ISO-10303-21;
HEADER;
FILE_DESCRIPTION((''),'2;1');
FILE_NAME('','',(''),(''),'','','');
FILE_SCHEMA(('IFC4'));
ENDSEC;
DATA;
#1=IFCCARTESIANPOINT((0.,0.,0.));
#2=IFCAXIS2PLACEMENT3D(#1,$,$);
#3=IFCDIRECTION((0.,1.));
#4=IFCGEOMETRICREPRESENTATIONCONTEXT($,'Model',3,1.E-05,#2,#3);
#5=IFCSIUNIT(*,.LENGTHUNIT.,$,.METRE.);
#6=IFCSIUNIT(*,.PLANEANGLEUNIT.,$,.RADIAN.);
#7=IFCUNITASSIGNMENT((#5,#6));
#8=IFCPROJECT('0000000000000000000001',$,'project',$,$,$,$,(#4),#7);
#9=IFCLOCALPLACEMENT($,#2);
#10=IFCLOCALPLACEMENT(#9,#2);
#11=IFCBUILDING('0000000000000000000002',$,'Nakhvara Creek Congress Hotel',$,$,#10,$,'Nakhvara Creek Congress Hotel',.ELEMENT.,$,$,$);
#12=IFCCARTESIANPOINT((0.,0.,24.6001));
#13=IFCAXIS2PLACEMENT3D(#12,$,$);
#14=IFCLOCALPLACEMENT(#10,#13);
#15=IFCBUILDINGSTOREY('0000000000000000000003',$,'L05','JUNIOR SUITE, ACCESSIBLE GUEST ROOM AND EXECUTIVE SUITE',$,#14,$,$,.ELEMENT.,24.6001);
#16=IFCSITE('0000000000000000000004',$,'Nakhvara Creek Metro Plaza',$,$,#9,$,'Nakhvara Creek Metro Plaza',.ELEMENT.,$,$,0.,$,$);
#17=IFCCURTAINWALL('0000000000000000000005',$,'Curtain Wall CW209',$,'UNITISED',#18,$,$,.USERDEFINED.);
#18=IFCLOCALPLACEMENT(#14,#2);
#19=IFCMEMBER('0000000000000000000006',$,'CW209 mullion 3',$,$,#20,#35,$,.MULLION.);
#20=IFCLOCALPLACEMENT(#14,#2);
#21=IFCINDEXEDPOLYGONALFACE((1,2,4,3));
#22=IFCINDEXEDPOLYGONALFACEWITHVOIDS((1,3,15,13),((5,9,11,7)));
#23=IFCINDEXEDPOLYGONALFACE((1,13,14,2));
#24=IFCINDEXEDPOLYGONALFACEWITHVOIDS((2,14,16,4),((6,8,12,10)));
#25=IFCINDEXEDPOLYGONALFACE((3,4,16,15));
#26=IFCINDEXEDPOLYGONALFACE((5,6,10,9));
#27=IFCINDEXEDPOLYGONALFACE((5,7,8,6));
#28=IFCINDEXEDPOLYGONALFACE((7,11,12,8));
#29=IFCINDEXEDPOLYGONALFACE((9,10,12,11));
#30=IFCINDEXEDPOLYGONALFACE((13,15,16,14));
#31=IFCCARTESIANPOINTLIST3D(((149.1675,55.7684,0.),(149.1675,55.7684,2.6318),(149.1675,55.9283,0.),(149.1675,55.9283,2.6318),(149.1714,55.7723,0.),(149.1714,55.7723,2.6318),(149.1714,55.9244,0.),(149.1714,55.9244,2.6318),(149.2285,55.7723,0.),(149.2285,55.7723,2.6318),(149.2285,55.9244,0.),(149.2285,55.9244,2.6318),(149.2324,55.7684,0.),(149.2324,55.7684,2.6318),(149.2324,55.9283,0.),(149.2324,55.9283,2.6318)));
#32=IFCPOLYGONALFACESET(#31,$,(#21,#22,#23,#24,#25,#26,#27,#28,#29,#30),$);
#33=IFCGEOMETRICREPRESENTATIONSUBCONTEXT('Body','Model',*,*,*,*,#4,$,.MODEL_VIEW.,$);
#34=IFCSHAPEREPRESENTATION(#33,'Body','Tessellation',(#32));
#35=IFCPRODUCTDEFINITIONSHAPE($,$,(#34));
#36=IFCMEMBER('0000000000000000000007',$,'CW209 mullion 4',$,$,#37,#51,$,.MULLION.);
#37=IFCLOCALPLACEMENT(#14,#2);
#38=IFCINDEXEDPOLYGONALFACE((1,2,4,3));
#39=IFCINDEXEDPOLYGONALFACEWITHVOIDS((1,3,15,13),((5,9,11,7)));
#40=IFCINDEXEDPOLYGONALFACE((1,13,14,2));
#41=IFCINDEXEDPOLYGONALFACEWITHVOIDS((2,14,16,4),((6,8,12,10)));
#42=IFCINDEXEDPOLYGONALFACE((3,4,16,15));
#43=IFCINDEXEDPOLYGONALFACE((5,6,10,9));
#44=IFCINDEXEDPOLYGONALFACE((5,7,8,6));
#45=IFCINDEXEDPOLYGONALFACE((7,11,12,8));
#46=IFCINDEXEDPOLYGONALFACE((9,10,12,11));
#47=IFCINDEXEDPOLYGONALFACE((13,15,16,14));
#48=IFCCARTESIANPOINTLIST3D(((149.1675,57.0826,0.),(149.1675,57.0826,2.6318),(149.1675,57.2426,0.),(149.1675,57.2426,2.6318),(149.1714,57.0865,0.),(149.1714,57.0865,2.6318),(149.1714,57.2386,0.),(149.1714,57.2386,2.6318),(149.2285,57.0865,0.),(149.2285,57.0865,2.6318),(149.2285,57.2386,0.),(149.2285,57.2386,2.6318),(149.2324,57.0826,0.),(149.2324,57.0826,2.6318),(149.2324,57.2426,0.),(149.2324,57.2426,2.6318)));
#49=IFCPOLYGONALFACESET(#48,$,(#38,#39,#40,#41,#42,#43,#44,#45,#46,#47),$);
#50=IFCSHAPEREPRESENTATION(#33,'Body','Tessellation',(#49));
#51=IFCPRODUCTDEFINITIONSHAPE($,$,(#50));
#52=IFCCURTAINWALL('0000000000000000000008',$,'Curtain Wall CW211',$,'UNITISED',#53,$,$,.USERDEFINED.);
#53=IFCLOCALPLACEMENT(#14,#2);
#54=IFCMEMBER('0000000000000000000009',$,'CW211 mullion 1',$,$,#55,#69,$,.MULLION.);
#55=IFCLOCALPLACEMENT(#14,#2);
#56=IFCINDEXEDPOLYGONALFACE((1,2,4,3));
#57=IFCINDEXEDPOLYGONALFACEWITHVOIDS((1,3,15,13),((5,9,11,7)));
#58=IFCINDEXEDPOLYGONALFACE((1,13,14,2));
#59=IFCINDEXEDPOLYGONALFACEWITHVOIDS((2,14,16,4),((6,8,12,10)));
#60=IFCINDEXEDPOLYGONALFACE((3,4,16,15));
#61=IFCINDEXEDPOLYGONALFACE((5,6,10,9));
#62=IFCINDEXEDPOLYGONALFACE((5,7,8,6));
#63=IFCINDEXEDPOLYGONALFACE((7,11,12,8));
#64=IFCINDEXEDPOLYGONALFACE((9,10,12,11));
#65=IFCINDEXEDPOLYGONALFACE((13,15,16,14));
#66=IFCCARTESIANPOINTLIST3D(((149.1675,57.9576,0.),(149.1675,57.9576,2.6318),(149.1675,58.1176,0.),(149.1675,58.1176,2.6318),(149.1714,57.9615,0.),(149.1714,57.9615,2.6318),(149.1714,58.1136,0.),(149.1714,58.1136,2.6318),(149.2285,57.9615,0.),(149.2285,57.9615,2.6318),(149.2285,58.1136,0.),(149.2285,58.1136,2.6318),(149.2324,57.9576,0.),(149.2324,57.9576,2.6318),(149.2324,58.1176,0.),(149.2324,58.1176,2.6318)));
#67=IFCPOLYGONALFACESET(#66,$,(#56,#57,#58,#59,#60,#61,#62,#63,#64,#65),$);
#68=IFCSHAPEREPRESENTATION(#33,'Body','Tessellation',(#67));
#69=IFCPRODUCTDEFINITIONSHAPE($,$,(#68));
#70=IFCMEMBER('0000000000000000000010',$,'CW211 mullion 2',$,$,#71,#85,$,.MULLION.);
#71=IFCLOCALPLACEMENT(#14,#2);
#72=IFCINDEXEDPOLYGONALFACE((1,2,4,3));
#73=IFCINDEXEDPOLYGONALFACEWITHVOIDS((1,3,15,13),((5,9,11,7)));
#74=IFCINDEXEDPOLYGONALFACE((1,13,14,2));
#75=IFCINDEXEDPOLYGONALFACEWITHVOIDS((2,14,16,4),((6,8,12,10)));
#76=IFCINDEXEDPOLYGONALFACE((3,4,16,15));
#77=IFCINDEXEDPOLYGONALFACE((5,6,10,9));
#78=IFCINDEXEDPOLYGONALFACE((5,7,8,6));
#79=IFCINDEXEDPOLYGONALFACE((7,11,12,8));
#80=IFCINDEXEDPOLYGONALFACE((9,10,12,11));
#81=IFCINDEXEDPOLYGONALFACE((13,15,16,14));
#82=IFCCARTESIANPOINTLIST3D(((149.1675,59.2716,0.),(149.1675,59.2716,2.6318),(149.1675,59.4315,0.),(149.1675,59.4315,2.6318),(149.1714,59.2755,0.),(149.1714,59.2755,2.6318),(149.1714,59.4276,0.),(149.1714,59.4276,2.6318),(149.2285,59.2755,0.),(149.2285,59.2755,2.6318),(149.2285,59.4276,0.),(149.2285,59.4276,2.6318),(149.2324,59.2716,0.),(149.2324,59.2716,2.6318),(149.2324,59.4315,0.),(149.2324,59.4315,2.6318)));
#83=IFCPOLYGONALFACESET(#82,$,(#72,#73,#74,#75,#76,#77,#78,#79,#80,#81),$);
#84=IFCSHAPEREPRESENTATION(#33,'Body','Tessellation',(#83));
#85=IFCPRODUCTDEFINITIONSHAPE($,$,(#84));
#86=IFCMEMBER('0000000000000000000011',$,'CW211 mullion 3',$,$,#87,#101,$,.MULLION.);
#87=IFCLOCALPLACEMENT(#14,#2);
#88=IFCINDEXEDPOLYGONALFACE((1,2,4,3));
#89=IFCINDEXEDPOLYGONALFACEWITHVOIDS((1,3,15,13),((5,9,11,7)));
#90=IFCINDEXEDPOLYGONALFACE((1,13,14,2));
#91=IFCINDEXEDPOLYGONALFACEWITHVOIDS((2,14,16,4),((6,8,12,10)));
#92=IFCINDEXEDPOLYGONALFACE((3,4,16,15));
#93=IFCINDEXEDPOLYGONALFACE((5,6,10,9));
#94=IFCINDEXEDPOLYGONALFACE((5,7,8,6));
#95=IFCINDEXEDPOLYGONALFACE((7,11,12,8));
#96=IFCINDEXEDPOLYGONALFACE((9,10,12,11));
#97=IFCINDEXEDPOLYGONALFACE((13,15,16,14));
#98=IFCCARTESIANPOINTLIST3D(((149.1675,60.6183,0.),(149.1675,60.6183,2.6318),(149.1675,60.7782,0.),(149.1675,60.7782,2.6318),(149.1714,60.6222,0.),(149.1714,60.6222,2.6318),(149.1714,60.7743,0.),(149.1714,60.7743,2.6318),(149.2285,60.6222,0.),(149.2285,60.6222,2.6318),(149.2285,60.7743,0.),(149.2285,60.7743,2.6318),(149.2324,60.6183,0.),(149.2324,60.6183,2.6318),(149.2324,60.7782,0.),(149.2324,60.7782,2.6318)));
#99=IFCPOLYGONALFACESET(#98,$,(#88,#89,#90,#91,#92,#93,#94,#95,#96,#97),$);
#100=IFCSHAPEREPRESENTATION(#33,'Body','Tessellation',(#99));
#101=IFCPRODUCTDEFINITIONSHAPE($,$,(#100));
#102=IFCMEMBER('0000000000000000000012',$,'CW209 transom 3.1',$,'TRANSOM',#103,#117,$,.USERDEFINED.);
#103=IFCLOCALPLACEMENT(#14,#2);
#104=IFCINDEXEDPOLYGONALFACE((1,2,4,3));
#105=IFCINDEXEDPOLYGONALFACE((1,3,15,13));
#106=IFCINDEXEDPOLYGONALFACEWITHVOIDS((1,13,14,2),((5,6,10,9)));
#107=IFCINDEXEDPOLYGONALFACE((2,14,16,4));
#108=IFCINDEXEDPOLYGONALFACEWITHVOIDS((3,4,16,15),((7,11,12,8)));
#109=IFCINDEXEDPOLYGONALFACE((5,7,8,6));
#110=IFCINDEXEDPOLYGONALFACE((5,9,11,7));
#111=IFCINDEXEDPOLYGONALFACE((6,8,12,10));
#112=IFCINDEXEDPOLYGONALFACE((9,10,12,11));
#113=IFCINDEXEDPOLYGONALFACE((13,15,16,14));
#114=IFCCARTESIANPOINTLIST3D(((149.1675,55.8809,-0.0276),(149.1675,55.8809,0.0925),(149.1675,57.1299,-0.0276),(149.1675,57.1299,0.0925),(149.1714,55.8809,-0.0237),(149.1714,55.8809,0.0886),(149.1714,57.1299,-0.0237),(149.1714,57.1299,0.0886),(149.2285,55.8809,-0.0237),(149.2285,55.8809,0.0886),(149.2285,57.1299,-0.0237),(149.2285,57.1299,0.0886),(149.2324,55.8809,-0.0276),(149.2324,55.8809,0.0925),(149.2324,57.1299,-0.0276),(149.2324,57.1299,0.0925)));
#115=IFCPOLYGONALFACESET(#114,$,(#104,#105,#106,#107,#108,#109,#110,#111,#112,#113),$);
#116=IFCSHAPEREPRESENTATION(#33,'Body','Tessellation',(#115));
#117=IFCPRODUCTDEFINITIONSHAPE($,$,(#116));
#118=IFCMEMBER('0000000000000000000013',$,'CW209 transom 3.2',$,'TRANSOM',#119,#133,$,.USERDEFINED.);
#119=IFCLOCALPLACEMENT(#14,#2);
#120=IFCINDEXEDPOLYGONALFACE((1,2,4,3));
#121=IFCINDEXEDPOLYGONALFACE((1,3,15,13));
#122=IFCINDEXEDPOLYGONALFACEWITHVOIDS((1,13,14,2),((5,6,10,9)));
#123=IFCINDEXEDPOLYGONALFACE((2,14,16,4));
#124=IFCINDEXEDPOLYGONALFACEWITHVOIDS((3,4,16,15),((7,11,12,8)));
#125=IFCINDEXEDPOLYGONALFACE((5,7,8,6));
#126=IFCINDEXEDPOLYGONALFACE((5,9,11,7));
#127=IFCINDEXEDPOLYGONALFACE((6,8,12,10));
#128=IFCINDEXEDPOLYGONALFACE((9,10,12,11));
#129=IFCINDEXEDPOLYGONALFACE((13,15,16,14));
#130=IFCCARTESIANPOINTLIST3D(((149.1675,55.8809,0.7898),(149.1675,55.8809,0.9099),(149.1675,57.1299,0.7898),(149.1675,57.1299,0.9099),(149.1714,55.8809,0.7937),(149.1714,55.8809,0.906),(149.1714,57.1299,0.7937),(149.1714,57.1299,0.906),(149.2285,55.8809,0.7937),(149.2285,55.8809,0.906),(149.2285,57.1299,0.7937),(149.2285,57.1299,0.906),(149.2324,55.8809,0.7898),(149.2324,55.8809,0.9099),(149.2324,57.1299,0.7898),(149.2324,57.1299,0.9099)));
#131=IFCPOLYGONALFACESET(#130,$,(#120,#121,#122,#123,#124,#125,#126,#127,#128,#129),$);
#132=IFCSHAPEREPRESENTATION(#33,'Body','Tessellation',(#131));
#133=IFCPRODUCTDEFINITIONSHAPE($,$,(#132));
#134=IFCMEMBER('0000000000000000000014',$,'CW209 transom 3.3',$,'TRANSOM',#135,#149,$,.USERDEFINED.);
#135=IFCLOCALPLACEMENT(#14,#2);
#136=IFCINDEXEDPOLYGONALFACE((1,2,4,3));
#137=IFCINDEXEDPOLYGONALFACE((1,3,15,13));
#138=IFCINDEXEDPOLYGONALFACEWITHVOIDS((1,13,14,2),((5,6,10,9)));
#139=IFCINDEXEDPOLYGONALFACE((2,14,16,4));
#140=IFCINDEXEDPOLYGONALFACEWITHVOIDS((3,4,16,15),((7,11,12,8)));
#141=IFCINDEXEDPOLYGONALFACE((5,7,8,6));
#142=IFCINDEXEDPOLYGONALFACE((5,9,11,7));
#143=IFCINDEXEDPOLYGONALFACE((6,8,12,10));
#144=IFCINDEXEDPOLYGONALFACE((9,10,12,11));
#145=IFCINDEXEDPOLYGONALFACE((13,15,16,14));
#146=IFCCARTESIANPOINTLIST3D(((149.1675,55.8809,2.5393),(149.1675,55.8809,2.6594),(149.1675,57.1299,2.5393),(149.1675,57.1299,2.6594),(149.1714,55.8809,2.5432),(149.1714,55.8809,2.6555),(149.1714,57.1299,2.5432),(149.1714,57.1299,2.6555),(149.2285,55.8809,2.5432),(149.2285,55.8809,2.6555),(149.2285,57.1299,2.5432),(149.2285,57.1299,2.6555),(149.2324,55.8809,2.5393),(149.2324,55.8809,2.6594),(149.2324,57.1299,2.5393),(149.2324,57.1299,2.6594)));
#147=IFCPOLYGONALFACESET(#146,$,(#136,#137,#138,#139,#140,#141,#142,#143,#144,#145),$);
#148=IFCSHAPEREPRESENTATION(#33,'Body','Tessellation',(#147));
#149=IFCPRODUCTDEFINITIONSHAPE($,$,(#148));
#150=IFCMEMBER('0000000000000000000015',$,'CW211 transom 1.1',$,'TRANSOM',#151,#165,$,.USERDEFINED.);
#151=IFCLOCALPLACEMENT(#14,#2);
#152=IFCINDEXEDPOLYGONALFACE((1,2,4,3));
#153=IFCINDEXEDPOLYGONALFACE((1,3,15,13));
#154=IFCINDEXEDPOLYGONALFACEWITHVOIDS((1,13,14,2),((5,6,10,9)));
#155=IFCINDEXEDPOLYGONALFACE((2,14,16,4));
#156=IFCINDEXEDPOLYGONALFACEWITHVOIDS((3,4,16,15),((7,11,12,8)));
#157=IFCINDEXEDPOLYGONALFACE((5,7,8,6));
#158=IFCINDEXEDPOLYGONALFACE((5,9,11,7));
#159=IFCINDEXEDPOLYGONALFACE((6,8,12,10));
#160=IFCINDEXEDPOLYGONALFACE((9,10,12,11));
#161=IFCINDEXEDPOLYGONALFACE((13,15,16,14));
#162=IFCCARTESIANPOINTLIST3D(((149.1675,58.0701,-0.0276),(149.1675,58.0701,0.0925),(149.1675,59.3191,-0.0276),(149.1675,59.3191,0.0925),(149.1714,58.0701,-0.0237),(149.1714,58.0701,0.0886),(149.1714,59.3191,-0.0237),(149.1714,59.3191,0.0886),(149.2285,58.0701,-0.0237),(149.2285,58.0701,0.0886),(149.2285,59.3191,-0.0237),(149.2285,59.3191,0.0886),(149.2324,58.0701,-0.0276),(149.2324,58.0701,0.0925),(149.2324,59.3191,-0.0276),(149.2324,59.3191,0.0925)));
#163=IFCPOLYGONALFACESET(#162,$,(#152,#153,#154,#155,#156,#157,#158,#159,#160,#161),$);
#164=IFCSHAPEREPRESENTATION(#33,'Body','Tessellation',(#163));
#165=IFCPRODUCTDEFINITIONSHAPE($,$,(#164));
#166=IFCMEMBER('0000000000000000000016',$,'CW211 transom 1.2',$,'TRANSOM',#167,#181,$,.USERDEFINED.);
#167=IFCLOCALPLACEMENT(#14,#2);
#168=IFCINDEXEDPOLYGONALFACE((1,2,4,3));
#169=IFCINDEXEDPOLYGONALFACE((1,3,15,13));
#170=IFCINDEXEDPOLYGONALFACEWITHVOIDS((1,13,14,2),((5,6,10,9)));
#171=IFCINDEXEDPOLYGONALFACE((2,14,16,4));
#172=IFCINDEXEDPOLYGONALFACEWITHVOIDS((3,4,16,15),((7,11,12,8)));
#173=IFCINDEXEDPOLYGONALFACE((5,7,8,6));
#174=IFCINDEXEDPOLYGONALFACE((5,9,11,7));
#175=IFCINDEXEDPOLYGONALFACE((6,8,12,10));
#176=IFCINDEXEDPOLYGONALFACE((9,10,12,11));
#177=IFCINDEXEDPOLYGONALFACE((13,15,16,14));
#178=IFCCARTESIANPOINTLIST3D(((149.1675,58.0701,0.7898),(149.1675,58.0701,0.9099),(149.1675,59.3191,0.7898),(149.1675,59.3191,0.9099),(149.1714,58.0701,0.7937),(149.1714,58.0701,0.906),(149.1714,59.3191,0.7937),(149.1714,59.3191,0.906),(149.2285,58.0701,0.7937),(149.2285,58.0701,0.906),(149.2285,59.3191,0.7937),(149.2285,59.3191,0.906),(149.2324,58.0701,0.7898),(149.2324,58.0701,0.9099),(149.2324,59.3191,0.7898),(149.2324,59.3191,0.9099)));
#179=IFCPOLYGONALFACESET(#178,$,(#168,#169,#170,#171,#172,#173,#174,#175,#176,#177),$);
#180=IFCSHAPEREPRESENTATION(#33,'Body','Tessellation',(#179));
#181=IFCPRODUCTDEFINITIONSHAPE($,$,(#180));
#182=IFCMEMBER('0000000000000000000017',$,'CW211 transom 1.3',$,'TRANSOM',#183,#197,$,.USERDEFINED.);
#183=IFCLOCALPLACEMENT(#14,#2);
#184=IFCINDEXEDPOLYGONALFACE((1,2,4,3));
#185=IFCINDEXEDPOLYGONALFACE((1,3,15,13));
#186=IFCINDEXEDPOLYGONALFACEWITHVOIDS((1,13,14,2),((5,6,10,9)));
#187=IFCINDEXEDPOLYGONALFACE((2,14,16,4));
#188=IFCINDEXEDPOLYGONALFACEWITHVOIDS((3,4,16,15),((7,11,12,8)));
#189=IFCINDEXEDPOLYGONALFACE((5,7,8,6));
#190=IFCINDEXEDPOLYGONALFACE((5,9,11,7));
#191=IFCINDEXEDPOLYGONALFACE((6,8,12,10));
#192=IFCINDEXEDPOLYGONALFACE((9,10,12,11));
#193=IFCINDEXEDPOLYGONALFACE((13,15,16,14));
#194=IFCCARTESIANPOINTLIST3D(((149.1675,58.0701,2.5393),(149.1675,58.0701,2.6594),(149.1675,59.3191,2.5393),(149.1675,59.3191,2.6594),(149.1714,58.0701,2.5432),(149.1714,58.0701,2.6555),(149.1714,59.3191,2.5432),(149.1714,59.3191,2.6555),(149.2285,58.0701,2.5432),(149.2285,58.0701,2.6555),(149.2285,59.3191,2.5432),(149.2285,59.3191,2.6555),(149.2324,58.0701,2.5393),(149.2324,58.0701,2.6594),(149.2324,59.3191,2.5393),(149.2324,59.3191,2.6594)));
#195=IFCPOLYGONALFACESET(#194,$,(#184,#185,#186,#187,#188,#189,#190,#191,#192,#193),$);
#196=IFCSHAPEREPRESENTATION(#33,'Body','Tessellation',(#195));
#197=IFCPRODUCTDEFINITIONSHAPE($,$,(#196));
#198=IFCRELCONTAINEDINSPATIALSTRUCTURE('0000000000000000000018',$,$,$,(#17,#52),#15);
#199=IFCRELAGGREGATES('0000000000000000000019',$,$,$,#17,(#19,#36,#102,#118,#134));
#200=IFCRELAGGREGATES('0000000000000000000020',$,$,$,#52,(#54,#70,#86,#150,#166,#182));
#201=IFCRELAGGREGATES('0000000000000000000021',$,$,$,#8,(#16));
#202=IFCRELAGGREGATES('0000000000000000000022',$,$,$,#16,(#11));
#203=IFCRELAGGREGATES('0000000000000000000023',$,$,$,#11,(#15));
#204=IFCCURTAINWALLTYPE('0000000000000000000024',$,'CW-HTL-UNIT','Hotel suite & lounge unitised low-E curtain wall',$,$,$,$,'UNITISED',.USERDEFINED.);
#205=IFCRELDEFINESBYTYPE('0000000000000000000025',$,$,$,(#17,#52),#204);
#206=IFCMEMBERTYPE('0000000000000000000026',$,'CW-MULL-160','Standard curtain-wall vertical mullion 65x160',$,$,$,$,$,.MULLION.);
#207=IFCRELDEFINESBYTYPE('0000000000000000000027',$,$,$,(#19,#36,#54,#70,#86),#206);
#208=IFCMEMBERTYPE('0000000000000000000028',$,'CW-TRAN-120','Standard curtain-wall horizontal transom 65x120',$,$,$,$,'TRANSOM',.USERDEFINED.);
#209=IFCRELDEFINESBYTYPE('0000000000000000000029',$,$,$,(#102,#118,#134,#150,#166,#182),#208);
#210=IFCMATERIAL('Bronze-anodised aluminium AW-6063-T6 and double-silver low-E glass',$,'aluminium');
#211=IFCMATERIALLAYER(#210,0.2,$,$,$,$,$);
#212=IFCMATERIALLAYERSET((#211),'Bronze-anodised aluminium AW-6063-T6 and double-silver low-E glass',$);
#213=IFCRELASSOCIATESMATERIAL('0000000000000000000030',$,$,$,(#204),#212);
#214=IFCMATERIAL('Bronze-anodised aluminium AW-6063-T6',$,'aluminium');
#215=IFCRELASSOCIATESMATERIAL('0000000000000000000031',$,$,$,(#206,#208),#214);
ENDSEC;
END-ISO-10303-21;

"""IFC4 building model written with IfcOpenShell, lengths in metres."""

from ifc_helpers import new_model, si_unit, direction, frame, origin, origin_2d, place, context, subcontext, project, spatial, hollow_rectangle, extrude, material, layer, layer_set, material_profile, profile_set, type_object, element, aggregate, save


model = new_model("IFC4")

# Units and contexts
model_context = context("Model", 3, precision=1e-05, world=origin(), true_north=direction((0.0, 1.0)))
body_context = subcontext(model_context, "Body", "Model", "MODEL_VIEW")
ifc_project = project(units=[si_unit("LENGTHUNIT", "METRE"), si_unit("PLANEANGLEUNIT", "RADIAN")], contexts=[model_context])

# Site, building, storey
site_placement = place(None, origin())
site = spatial("IfcSite", under=ifc_project, at=site_placement, Name="Nakhvara Creek Metro Plaza", LongName="Nakhvara Creek Metro Plaza", CompositionType="ELEMENT", RefElevation=0.0)
building_placement = place(site_placement, origin())
building = spatial("IfcBuilding", under=site, at=building_placement, Name="Nakhvara Creek Congress Hotel", LongName="Nakhvara Creek Congress Hotel", CompositionType="ELEMENT")
storey_placement = place(building_placement, frame((0.0, 0.0, 24.6001)))
storey = spatial("IfcBuildingStorey", under=building, at=storey_placement, Name="L05", Description="JUNIOR SUITE, ACCESSIBLE GUEST ROOM AND EXECUTIVE SUITE", CompositionType="ELEMENT", Elevation=24.6001)

# Curtain walls, members
ifc_material_1 = material(Name="Bronze-anodised aluminium AW-6063-T6 and double-silver low-E glass", Category="aluminium")
ifc_layer = layer(ifc_material_1, 0.2)
ifc_layer_set = layer_set([ifc_layer], Name="Bronze-anodised aluminium AW-6063-T6 and double-silver low-E glass")
curtain_wall_type = type_object("IfcCurtainWallType", Name="CW-HTL-UNIT", Description="Hotel suite & lounge unitised low-E curtain wall", ElementType="UNITISED", PredefinedType="USERDEFINED", material=ifc_layer_set)
curtain_wall_1_placement = place(storey_placement, origin())
curtain_wall_1 = element("IfcCurtainWall", 1, at=curtain_wall_1_placement, inside=storey, type_object=curtain_wall_type, Name="Curtain Wall CW209", ObjectType="UNITISED", PredefinedType="USERDEFINED")
ifc_material_2 = material(Name="Bronze-anodised aluminium AW-6063-T6", Category="aluminium")
ifc_material_profile_1 = material_profile(ifc_material_2, hollow_rectangle(XDim=0.0649, YDim=0.1599, WallThickness=0.0039, at=origin_2d()), Name="ALU-MULL 65x160x4", Category="LoadBearing")
ifc_profile_set_1 = profile_set([ifc_material_profile_1], Name="Bronze-anodised aluminium AW-6063-T6")
member_type_1 = type_object("IfcMemberType", Name="CW-MULL-160", Description="Standard curtain-wall vertical mullion 65x160", PredefinedType="MULLION", material=ifc_profile_set_1)
member_1_placement = place(storey_placement, frame((149.2, 55.8484, 0.0), z_axis=(0.0, 0.0, 1.0), x_axis=(-1.0, 0.0, 0.0)))
member_1 = element("IfcMember", 2, at=member_1_placement, type_object=member_type_1, Name="CW209 mullion 3", PredefinedType="MULLION", context=body_context, shape_type="SweptSolid", body=[
    extrude(hollow_rectangle(XDim=0.0649, YDim=0.1599, WallThickness=0.0039, at=origin_2d()), origin(), (0.0, 0.0, 1.0), 2.6318),
])
member_2_placement = place(storey_placement, frame((149.2, 57.1626, 0.0), z_axis=(0.0, 0.0, 1.0), x_axis=(-1.0, 0.0, 0.0)))
member_2 = element("IfcMember", 3, at=member_2_placement, type_object=member_type_1, Name="CW209 mullion 4", PredefinedType="MULLION", context=body_context, shape_type="SweptSolid", body=[
    extrude(hollow_rectangle(XDim=0.0649, YDim=0.1599, WallThickness=0.0039, at=origin_2d()), origin(), (0.0, 0.0, 1.0), 2.6318),
])
curtain_wall_2_placement = place(storey_placement, origin())
curtain_wall_2 = element("IfcCurtainWall", 4, at=curtain_wall_2_placement, inside=storey, type_object=curtain_wall_type, Name="Curtain Wall CW211", ObjectType="UNITISED", PredefinedType="USERDEFINED")
member_3_placement = place(storey_placement, frame((149.2, 58.0376, 0.0), z_axis=(0.0, 0.0, 1.0), x_axis=(-1.0, 0.0, 0.0)))
member_3 = element("IfcMember", 5, at=member_3_placement, type_object=member_type_1, Name="CW211 mullion 1", PredefinedType="MULLION", context=body_context, shape_type="SweptSolid", body=[
    extrude(hollow_rectangle(XDim=0.0649, YDim=0.1599, WallThickness=0.0039, at=origin_2d()), origin(), (0.0, 0.0, 1.0), 2.6318),
])
member_4_placement = place(storey_placement, frame((149.2, 59.3516, 0.0), z_axis=(0.0, 0.0, 1.0), x_axis=(-1.0, 0.0, 0.0)))
member_4 = element("IfcMember", 6, at=member_4_placement, type_object=member_type_1, Name="CW211 mullion 2", PredefinedType="MULLION", context=body_context, shape_type="SweptSolid", body=[
    extrude(hollow_rectangle(XDim=0.0649, YDim=0.1599, WallThickness=0.0039, at=origin_2d()), origin(), (0.0, 0.0, 1.0), 2.6318),
])
member_5_placement = place(storey_placement, frame((149.2, 60.6982, 0.0), z_axis=(0.0, 0.0, 1.0), x_axis=(-1.0, 0.0, 0.0)))
member_5 = element("IfcMember", 7, at=member_5_placement, type_object=member_type_1, Name="CW211 mullion 3", PredefinedType="MULLION", context=body_context, shape_type="SweptSolid", body=[
    extrude(hollow_rectangle(XDim=0.0649, YDim=0.1599, WallThickness=0.0039, at=origin_2d()), origin(), (0.0, 0.0, 1.0), 2.6318),
])

# Members
ifc_material_profile_2 = material_profile(ifc_material_2, hollow_rectangle(XDim=0.0649, YDim=0.1201, WallThickness=0.0039, at=origin_2d()), Name="ALU-TRAN 65x120x4", Category="LoadBearing")
ifc_profile_set_2 = profile_set([ifc_material_profile_2], Name="Bronze-anodised aluminium AW-6063-T6")
member_type_2 = type_object("IfcMemberType", Name="CW-TRAN-120", Description="Standard curtain-wall horizontal transom 65x120", ElementType="TRANSOM", PredefinedType="USERDEFINED", material=ifc_profile_set_2)
member_6_placement = place(storey_placement, frame((149.2, 55.8809, 0.0325), z_axis=(0.0, 1.0, 0.0), x_axis=(-1.0, 0.0, 0.0)))
member_6 = element("IfcMember", 8, at=member_6_placement, type_object=member_type_2, Name="CW209 transom 3.1", ObjectType="TRANSOM", PredefinedType="USERDEFINED", context=body_context, shape_type="SweptSolid", body=[
    extrude(hollow_rectangle(XDim=0.0649, YDim=0.1201, WallThickness=0.0039, at=origin_2d()), origin(), (0.0, 0.0, 1.0), 1.249),
])
member_7_placement = place(storey_placement, frame((149.2, 55.8809, 0.8499), z_axis=(0.0, 1.0, 0.0), x_axis=(-1.0, 0.0, 0.0)))
member_7 = element("IfcMember", 9, at=member_7_placement, type_object=member_type_2, Name="CW209 transom 3.2", ObjectType="TRANSOM", PredefinedType="USERDEFINED", context=body_context, shape_type="SweptSolid", body=[
    extrude(hollow_rectangle(XDim=0.0649, YDim=0.1201, WallThickness=0.0039, at=origin_2d()), origin(), (0.0, 0.0, 1.0), 1.249),
])
member_8_placement = place(storey_placement, frame((149.2, 55.8809, 2.5994), z_axis=(0.0, 1.0, 0.0), x_axis=(-1.0, 0.0, 0.0)))
member_8 = element("IfcMember", 10, at=member_8_placement, type_object=member_type_2, Name="CW209 transom 3.3", ObjectType="TRANSOM", PredefinedType="USERDEFINED", context=body_context, shape_type="SweptSolid", body=[
    extrude(hollow_rectangle(XDim=0.0649, YDim=0.1201, WallThickness=0.0039, at=origin_2d()), origin(), (0.0, 0.0, 1.0), 1.249),
])
member_9_placement = place(storey_placement, frame((149.2, 58.0701, 0.0325), z_axis=(0.0, 1.0, 0.0), x_axis=(-1.0, 0.0, 0.0)))
member_9 = element("IfcMember", 11, at=member_9_placement, type_object=member_type_2, Name="CW211 transom 1.1", ObjectType="TRANSOM", PredefinedType="USERDEFINED", context=body_context, shape_type="SweptSolid", body=[
    extrude(hollow_rectangle(XDim=0.0649, YDim=0.1201, WallThickness=0.0039, at=origin_2d()), origin(), (0.0, 0.0, 1.0), 1.249),
])
member_10_placement = place(storey_placement, frame((149.2, 58.0701, 0.8499), z_axis=(0.0, 1.0, 0.0), x_axis=(-1.0, 0.0, 0.0)))
member_10 = element("IfcMember", 12, at=member_10_placement, type_object=member_type_2, Name="CW211 transom 1.2", ObjectType="TRANSOM", PredefinedType="USERDEFINED", context=body_context, shape_type="SweptSolid", body=[
    extrude(hollow_rectangle(XDim=0.0649, YDim=0.1201, WallThickness=0.0039, at=origin_2d()), origin(), (0.0, 0.0, 1.0), 1.249),
])
member_11_placement = place(storey_placement, frame((149.2, 58.0701, 2.5994), z_axis=(0.0, 1.0, 0.0), x_axis=(-1.0, 0.0, 0.0)))
member_11 = element("IfcMember", 13, at=member_11_placement, type_object=member_type_2, Name="CW211 transom 1.3", ObjectType="TRANSOM", PredefinedType="USERDEFINED", context=body_context, shape_type="SweptSolid", body=[
    extrude(hollow_rectangle(XDim=0.0649, YDim=0.1201, WallThickness=0.0039, at=origin_2d()), origin(), (0.0, 0.0, 1.0), 1.249),
])

aggregate(curtain_wall_1, [member_1, member_2, member_6, member_7, member_8])
aggregate(curtain_wall_2, [member_3, member_4, member_5, member_9, member_10, member_11])

save(model, "model.ifc")
